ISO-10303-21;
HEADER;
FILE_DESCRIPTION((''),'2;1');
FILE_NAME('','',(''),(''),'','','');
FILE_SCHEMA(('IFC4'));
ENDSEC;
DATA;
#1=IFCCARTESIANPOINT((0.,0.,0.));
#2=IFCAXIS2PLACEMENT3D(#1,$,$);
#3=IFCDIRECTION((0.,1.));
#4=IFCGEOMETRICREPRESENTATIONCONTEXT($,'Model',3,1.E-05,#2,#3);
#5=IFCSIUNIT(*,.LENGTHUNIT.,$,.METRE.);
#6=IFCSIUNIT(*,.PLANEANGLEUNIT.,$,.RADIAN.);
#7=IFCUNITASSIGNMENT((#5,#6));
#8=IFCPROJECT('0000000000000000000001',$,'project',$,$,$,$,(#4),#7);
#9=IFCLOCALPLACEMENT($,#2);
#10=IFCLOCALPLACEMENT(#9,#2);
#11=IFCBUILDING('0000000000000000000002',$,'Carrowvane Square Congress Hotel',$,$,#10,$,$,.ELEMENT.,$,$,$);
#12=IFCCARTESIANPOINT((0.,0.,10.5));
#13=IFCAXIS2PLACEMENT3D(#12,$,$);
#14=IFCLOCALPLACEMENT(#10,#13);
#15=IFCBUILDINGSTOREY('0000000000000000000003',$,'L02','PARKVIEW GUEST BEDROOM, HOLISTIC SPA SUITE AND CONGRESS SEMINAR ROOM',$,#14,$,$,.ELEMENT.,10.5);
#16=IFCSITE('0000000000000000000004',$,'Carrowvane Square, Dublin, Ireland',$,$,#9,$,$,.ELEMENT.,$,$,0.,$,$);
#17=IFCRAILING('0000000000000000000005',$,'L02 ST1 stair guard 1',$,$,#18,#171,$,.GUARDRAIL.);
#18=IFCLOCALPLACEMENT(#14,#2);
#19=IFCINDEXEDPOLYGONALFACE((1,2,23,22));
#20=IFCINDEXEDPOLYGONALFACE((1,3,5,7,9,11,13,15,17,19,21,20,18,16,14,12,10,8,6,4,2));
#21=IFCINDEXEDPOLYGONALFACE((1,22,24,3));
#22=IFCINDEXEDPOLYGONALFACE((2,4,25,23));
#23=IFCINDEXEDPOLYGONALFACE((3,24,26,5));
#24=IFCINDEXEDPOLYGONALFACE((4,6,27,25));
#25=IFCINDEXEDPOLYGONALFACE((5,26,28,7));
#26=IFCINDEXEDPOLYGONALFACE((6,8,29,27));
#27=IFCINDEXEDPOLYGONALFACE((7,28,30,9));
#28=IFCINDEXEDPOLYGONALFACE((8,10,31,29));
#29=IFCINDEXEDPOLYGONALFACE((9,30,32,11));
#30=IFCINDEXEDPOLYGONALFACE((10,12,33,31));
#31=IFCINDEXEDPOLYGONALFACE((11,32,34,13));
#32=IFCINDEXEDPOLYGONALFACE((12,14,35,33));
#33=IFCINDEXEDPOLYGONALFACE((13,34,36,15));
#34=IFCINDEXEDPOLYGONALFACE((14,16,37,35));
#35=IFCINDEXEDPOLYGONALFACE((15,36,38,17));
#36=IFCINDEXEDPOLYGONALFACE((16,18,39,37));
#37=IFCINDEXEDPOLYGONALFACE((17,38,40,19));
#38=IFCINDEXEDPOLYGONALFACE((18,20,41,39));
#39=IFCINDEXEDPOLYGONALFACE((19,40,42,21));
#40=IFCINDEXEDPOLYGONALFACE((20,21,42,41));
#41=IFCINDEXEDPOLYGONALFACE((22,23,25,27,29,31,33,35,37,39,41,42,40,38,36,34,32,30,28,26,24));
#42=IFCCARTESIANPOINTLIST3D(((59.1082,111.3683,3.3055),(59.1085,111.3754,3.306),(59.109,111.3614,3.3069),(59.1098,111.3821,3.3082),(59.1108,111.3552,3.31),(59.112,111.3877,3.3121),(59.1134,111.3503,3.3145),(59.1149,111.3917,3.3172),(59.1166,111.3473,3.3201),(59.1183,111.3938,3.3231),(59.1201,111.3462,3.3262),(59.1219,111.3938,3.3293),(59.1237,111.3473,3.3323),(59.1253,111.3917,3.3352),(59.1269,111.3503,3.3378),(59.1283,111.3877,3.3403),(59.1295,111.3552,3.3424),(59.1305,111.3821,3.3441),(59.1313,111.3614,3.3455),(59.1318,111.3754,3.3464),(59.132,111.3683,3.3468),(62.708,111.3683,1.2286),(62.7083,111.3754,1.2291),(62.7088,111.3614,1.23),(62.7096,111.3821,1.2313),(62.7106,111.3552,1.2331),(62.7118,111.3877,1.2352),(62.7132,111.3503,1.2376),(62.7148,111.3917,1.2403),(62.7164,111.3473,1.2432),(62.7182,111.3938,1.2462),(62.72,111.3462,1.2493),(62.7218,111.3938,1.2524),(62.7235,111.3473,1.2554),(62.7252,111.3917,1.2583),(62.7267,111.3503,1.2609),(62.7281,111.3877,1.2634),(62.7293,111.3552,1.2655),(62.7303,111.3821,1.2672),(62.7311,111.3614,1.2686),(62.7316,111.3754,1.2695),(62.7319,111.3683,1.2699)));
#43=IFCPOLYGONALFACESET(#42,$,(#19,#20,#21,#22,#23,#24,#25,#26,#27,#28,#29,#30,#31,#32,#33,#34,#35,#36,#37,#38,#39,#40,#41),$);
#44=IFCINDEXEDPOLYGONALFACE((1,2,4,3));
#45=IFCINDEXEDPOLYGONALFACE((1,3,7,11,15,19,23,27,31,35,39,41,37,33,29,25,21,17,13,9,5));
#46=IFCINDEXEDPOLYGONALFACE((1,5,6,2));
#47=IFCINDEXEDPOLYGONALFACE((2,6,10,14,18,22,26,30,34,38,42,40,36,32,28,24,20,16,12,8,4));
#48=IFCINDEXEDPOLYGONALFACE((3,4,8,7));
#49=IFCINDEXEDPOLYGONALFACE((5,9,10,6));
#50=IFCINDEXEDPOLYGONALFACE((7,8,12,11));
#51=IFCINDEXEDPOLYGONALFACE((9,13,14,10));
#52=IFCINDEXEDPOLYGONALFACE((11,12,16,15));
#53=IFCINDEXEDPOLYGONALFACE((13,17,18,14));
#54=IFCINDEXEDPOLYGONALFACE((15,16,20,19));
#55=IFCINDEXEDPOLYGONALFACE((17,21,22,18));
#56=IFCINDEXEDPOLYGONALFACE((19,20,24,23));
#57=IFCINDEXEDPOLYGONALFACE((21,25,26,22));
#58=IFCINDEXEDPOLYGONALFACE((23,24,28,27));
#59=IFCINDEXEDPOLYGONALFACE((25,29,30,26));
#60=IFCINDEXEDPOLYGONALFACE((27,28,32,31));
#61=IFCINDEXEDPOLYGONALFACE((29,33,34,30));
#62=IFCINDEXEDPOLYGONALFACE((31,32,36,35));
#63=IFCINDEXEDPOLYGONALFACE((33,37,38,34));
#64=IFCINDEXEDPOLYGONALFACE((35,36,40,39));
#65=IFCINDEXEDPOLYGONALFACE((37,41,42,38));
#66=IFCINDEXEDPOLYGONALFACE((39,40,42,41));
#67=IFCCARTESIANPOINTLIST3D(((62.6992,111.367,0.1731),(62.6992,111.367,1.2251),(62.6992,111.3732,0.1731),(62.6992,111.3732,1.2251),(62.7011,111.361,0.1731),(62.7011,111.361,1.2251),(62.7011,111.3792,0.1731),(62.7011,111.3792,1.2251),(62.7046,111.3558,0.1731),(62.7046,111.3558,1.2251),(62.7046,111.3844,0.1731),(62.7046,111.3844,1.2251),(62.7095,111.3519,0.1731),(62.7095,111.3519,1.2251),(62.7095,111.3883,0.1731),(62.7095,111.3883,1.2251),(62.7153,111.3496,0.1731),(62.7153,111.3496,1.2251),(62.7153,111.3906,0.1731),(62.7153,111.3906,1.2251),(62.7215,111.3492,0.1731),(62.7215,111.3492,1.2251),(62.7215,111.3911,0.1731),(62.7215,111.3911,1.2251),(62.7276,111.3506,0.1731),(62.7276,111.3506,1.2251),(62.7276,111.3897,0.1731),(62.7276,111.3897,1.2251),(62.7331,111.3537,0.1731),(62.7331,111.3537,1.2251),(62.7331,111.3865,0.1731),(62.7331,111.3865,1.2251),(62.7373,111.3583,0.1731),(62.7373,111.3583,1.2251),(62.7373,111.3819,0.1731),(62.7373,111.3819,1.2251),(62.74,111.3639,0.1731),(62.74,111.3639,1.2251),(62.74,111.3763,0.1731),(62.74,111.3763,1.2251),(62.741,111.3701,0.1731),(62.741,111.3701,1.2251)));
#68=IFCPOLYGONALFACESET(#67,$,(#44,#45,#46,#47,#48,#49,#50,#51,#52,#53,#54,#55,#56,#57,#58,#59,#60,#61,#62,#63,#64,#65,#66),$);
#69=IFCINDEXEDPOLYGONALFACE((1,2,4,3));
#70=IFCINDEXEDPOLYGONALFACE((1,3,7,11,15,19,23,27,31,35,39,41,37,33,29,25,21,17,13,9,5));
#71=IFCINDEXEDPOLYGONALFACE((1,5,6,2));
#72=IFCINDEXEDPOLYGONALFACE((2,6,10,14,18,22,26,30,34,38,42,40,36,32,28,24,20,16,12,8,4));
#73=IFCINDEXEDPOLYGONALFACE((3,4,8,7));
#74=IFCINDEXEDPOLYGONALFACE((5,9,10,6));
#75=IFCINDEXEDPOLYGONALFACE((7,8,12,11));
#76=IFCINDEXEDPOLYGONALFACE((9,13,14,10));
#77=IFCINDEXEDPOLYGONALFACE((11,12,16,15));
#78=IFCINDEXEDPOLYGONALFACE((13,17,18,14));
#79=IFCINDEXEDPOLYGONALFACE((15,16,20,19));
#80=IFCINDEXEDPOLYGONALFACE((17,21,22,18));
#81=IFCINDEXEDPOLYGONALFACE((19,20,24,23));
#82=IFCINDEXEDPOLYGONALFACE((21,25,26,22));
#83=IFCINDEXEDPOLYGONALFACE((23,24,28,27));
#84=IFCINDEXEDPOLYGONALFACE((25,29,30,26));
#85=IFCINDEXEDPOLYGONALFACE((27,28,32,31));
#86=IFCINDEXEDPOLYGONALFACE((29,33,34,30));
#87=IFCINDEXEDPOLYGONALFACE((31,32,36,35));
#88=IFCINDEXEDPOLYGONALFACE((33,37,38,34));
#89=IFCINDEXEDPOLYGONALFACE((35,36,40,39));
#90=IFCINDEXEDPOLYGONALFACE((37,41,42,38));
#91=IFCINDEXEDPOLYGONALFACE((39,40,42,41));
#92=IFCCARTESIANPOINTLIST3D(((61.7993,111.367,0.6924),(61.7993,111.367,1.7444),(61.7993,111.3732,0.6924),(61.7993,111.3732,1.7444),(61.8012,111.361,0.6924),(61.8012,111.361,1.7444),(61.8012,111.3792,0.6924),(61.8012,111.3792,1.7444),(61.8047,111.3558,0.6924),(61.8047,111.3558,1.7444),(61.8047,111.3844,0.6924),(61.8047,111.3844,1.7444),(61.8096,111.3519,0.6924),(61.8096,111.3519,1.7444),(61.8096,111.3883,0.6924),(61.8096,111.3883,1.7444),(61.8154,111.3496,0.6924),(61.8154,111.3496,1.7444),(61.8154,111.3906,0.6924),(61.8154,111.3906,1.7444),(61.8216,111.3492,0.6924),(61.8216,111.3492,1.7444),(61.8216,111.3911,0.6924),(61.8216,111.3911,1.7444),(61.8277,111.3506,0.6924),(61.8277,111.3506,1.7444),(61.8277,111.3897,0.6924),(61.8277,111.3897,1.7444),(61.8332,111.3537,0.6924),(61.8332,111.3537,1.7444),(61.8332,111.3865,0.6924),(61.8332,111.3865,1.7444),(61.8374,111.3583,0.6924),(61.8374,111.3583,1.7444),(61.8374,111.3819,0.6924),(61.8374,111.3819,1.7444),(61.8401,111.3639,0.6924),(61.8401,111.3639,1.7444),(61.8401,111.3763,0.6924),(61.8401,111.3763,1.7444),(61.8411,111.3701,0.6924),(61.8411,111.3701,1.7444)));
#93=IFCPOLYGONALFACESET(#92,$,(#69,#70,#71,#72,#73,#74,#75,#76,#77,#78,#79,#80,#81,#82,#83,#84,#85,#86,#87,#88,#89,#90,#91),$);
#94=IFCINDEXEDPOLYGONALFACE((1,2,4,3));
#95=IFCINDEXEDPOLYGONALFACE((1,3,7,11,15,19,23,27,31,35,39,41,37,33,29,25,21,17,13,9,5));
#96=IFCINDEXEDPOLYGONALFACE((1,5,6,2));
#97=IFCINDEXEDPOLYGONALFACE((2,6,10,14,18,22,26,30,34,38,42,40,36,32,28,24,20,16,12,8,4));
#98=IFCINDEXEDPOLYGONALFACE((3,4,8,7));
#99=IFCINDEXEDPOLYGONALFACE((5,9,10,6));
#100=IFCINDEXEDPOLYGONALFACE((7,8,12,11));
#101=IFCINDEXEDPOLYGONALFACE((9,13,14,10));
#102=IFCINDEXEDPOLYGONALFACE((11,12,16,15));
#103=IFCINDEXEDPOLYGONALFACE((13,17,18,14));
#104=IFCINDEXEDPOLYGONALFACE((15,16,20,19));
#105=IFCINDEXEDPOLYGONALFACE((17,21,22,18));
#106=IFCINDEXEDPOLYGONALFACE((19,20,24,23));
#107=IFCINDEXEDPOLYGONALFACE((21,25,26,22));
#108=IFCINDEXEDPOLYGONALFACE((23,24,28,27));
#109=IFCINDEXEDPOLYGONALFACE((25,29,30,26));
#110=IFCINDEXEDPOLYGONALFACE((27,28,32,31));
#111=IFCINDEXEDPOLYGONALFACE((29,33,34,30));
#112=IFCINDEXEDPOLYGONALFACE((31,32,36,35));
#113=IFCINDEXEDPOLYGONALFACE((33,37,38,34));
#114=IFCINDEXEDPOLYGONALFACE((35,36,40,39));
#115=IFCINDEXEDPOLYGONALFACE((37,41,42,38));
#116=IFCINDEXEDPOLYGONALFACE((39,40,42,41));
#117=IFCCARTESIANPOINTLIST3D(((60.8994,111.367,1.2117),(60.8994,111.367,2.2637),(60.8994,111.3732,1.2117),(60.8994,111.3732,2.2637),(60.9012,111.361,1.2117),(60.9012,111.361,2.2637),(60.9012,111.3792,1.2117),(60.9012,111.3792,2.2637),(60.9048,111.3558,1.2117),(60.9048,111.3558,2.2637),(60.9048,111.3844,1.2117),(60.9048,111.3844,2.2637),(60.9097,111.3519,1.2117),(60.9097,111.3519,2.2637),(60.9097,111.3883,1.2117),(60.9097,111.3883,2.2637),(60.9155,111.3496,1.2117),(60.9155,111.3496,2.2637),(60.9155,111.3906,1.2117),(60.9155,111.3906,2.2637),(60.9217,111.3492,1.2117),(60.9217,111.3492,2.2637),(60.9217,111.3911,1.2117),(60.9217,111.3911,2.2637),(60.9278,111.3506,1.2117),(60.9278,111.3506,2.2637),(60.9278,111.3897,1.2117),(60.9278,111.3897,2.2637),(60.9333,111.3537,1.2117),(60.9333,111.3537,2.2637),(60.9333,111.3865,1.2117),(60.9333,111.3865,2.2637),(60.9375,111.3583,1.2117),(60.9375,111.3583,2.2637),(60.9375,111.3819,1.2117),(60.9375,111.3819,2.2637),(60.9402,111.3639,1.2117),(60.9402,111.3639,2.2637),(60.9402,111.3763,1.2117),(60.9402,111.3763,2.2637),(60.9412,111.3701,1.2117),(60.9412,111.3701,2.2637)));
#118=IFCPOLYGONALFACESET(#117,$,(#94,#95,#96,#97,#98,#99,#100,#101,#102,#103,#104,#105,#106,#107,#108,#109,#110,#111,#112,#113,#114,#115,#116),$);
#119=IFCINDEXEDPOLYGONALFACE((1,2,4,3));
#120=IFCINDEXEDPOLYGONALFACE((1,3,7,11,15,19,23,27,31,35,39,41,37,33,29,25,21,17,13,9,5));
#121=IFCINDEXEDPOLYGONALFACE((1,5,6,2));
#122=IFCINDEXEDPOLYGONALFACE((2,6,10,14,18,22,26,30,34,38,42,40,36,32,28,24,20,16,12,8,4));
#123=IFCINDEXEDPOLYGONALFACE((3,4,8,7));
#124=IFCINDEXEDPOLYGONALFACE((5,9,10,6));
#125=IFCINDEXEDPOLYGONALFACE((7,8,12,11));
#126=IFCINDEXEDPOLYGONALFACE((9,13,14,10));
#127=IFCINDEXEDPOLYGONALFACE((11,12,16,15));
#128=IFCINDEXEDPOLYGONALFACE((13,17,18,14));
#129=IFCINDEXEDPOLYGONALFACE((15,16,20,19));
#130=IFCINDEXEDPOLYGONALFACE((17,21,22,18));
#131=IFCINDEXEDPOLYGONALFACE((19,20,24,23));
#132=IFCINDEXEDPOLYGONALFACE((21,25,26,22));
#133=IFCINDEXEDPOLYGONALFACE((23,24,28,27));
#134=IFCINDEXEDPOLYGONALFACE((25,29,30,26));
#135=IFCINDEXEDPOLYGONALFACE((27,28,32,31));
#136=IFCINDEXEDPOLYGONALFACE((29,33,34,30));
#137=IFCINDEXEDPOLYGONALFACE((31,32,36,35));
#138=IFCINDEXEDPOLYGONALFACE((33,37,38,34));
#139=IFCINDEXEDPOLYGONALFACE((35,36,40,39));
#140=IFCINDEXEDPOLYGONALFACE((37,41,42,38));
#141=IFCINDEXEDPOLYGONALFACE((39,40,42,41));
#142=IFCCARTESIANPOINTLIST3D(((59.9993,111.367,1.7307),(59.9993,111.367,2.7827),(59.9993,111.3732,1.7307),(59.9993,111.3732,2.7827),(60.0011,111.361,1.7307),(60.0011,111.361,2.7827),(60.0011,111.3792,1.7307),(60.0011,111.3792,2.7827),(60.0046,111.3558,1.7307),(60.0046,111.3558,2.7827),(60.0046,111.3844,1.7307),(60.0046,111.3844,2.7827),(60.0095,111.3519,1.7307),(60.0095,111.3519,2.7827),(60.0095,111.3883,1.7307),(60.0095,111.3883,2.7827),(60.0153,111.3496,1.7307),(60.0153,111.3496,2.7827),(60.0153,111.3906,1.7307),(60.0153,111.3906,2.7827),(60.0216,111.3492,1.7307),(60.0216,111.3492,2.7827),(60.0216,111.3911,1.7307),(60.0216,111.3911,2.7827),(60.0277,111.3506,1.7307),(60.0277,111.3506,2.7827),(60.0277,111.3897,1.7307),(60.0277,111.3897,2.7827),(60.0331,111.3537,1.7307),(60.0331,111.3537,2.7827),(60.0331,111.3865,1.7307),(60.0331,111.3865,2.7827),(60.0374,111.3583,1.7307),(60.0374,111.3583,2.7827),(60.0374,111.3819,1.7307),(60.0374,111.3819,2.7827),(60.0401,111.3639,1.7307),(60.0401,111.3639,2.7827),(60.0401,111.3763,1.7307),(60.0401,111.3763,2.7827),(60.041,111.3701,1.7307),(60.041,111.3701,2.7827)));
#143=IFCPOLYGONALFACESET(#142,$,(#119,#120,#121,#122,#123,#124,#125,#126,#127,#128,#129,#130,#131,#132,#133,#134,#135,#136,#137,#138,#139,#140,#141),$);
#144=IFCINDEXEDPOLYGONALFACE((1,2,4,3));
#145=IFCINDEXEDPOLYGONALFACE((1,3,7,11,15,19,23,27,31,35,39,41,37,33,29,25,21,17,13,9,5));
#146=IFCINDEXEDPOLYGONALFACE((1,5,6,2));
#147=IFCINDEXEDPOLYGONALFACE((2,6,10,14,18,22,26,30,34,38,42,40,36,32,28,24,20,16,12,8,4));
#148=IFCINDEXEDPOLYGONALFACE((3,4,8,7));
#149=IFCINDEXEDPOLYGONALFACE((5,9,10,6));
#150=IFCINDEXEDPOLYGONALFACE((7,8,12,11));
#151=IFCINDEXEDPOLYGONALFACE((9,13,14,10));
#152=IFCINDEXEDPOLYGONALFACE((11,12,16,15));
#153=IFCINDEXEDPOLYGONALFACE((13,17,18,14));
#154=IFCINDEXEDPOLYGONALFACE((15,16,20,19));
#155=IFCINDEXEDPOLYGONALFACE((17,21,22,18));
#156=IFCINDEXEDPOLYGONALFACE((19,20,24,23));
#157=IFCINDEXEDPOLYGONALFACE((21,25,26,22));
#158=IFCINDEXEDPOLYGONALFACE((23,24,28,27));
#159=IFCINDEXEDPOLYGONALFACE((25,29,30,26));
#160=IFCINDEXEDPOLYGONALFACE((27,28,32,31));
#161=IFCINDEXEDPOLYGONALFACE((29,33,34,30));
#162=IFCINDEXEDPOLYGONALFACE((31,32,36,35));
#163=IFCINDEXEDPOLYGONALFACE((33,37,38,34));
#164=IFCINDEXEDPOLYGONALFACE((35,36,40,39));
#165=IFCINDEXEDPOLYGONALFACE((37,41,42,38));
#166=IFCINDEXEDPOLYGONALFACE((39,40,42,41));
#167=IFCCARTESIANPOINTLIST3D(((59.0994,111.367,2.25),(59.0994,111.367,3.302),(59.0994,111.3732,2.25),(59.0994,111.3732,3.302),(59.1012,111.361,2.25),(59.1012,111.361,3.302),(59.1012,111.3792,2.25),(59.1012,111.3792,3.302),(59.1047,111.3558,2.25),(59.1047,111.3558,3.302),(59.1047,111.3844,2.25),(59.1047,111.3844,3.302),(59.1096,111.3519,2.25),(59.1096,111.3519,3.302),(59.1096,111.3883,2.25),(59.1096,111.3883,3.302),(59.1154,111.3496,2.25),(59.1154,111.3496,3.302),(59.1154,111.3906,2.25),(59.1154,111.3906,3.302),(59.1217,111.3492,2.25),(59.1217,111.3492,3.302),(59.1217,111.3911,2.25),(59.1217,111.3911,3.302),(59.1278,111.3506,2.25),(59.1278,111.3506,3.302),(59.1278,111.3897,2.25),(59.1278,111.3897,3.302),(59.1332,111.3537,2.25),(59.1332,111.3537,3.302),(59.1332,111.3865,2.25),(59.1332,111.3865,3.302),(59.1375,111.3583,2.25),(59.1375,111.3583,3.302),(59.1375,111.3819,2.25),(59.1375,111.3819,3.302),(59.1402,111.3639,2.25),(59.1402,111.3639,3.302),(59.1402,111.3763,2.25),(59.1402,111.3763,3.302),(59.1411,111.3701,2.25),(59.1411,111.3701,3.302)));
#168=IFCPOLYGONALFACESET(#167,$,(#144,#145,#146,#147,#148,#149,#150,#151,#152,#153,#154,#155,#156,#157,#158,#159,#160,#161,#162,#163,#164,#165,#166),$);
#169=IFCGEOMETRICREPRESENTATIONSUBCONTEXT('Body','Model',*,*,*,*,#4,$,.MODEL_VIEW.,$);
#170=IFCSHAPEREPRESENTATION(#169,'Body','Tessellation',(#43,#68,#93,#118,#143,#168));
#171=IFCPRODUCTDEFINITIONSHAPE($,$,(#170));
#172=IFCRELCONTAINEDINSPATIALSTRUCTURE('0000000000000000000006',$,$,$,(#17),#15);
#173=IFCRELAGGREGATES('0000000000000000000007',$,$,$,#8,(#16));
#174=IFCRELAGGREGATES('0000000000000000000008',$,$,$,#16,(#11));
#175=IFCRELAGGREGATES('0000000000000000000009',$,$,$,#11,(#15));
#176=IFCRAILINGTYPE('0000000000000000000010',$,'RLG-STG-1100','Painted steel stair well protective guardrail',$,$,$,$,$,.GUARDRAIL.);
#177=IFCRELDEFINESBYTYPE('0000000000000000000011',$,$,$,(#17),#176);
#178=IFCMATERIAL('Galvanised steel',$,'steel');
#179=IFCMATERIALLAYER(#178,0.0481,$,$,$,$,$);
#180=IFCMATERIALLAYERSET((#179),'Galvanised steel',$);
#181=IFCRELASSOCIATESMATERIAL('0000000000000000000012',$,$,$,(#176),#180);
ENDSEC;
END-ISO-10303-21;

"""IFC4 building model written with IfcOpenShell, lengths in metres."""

from ifc_helpers import new_model, si_unit, direction, frame, origin, origin_2d, place, context, subcontext, project, spatial, circle, extrude, material, layer, layer_set, type_object, element, save


model = new_model("IFC4")

# Units and contexts
model_context = context("Model", 3, precision=1e-05, world=origin(), true_north=direction((0.0, 1.0)))
body_context = subcontext(model_context, "Body", "Model", "MODEL_VIEW")
ifc_project = project(units=[si_unit("LENGTHUNIT", "METRE"), si_unit("PLANEANGLEUNIT", "RADIAN")], contexts=[model_context])

# Site, building, storey
site_placement = place(None, origin())
site = spatial("IfcSite", under=ifc_project, at=site_placement, Name="Carrowvane Square, Dublin, Ireland", CompositionType="ELEMENT", RefElevation=0.0)
building_placement = place(site_placement, origin())
building = spatial("IfcBuilding", under=site, at=building_placement, Name="Carrowvane Square Congress Hotel", CompositionType="ELEMENT")
storey_placement = place(building_placement, frame((0.0, 0.0, 10.5)))
storey = spatial("IfcBuildingStorey", under=building, at=storey_placement, Name="L02", Description="PARKVIEW GUEST BEDROOM, HOLISTIC SPA SUITE AND CONGRESS SEMINAR ROOM", CompositionType="ELEMENT", Elevation=10.5)

# Railing
ifc_material_1 = material(Name="Galvanised steel", Category="steel")
ifc_layer_1 = layer(ifc_material_1, 0.0481)
ifc_layer_set_1 = layer_set([ifc_layer_1], Name="Galvanised steel")
railing_type_1 = type_object("IfcRailingType", Name="RLG-STG-1100", Description="Painted steel stair well protective guardrail", PredefinedType="GUARDRAIL", material=ifc_layer_set_1)
railing_1_placement = place(storey_placement, frame((62.72, 111.3701, 0.1731)))
element("IfcRailing", 1, at=railing_1_placement, inside=storey, type_object=railing_type_1, Name="L02 ST1 stair guard 1", PredefinedType="GUARDRAIL", context=body_context, shape_type="SweptSolid", body=[
    extrude(circle(Radius=0.0239, at=origin_2d()), frame((0.0, 0.0, 1.0762), z_axis=(-0.866179, 0.0, 0.499734), x_axis=(0.0, -1.0, 0.0)), (0.0, 0.0, 1.0), 4.156),
    extrude(circle(Radius=0.021, at=origin_2d()), origin(), (0.0, 0.0, 1.0), 1.052),
    extrude(circle(Radius=0.021, at=origin_2d()), frame((-0.8999, 0.0, 0.5193)), (0.0, 0.0, 1.0), 1.052),
    extrude(circle(Radius=0.021, at=origin_2d()), frame((-1.7998, 0.0, 1.0386)), (0.0, 0.0, 1.0), 1.052),
    extrude(circle(Radius=0.021, at=origin_2d()), frame((-2.7, 0.0, 1.5576)), (0.0, 0.0, 1.0), 1.052),
    extrude(circle(Radius=0.021, at=origin_2d()), frame((-3.5999, 0.0, 2.0769)), (0.0, 0.0, 1.0), 1.052),
])

save(model, "model.ifc")
